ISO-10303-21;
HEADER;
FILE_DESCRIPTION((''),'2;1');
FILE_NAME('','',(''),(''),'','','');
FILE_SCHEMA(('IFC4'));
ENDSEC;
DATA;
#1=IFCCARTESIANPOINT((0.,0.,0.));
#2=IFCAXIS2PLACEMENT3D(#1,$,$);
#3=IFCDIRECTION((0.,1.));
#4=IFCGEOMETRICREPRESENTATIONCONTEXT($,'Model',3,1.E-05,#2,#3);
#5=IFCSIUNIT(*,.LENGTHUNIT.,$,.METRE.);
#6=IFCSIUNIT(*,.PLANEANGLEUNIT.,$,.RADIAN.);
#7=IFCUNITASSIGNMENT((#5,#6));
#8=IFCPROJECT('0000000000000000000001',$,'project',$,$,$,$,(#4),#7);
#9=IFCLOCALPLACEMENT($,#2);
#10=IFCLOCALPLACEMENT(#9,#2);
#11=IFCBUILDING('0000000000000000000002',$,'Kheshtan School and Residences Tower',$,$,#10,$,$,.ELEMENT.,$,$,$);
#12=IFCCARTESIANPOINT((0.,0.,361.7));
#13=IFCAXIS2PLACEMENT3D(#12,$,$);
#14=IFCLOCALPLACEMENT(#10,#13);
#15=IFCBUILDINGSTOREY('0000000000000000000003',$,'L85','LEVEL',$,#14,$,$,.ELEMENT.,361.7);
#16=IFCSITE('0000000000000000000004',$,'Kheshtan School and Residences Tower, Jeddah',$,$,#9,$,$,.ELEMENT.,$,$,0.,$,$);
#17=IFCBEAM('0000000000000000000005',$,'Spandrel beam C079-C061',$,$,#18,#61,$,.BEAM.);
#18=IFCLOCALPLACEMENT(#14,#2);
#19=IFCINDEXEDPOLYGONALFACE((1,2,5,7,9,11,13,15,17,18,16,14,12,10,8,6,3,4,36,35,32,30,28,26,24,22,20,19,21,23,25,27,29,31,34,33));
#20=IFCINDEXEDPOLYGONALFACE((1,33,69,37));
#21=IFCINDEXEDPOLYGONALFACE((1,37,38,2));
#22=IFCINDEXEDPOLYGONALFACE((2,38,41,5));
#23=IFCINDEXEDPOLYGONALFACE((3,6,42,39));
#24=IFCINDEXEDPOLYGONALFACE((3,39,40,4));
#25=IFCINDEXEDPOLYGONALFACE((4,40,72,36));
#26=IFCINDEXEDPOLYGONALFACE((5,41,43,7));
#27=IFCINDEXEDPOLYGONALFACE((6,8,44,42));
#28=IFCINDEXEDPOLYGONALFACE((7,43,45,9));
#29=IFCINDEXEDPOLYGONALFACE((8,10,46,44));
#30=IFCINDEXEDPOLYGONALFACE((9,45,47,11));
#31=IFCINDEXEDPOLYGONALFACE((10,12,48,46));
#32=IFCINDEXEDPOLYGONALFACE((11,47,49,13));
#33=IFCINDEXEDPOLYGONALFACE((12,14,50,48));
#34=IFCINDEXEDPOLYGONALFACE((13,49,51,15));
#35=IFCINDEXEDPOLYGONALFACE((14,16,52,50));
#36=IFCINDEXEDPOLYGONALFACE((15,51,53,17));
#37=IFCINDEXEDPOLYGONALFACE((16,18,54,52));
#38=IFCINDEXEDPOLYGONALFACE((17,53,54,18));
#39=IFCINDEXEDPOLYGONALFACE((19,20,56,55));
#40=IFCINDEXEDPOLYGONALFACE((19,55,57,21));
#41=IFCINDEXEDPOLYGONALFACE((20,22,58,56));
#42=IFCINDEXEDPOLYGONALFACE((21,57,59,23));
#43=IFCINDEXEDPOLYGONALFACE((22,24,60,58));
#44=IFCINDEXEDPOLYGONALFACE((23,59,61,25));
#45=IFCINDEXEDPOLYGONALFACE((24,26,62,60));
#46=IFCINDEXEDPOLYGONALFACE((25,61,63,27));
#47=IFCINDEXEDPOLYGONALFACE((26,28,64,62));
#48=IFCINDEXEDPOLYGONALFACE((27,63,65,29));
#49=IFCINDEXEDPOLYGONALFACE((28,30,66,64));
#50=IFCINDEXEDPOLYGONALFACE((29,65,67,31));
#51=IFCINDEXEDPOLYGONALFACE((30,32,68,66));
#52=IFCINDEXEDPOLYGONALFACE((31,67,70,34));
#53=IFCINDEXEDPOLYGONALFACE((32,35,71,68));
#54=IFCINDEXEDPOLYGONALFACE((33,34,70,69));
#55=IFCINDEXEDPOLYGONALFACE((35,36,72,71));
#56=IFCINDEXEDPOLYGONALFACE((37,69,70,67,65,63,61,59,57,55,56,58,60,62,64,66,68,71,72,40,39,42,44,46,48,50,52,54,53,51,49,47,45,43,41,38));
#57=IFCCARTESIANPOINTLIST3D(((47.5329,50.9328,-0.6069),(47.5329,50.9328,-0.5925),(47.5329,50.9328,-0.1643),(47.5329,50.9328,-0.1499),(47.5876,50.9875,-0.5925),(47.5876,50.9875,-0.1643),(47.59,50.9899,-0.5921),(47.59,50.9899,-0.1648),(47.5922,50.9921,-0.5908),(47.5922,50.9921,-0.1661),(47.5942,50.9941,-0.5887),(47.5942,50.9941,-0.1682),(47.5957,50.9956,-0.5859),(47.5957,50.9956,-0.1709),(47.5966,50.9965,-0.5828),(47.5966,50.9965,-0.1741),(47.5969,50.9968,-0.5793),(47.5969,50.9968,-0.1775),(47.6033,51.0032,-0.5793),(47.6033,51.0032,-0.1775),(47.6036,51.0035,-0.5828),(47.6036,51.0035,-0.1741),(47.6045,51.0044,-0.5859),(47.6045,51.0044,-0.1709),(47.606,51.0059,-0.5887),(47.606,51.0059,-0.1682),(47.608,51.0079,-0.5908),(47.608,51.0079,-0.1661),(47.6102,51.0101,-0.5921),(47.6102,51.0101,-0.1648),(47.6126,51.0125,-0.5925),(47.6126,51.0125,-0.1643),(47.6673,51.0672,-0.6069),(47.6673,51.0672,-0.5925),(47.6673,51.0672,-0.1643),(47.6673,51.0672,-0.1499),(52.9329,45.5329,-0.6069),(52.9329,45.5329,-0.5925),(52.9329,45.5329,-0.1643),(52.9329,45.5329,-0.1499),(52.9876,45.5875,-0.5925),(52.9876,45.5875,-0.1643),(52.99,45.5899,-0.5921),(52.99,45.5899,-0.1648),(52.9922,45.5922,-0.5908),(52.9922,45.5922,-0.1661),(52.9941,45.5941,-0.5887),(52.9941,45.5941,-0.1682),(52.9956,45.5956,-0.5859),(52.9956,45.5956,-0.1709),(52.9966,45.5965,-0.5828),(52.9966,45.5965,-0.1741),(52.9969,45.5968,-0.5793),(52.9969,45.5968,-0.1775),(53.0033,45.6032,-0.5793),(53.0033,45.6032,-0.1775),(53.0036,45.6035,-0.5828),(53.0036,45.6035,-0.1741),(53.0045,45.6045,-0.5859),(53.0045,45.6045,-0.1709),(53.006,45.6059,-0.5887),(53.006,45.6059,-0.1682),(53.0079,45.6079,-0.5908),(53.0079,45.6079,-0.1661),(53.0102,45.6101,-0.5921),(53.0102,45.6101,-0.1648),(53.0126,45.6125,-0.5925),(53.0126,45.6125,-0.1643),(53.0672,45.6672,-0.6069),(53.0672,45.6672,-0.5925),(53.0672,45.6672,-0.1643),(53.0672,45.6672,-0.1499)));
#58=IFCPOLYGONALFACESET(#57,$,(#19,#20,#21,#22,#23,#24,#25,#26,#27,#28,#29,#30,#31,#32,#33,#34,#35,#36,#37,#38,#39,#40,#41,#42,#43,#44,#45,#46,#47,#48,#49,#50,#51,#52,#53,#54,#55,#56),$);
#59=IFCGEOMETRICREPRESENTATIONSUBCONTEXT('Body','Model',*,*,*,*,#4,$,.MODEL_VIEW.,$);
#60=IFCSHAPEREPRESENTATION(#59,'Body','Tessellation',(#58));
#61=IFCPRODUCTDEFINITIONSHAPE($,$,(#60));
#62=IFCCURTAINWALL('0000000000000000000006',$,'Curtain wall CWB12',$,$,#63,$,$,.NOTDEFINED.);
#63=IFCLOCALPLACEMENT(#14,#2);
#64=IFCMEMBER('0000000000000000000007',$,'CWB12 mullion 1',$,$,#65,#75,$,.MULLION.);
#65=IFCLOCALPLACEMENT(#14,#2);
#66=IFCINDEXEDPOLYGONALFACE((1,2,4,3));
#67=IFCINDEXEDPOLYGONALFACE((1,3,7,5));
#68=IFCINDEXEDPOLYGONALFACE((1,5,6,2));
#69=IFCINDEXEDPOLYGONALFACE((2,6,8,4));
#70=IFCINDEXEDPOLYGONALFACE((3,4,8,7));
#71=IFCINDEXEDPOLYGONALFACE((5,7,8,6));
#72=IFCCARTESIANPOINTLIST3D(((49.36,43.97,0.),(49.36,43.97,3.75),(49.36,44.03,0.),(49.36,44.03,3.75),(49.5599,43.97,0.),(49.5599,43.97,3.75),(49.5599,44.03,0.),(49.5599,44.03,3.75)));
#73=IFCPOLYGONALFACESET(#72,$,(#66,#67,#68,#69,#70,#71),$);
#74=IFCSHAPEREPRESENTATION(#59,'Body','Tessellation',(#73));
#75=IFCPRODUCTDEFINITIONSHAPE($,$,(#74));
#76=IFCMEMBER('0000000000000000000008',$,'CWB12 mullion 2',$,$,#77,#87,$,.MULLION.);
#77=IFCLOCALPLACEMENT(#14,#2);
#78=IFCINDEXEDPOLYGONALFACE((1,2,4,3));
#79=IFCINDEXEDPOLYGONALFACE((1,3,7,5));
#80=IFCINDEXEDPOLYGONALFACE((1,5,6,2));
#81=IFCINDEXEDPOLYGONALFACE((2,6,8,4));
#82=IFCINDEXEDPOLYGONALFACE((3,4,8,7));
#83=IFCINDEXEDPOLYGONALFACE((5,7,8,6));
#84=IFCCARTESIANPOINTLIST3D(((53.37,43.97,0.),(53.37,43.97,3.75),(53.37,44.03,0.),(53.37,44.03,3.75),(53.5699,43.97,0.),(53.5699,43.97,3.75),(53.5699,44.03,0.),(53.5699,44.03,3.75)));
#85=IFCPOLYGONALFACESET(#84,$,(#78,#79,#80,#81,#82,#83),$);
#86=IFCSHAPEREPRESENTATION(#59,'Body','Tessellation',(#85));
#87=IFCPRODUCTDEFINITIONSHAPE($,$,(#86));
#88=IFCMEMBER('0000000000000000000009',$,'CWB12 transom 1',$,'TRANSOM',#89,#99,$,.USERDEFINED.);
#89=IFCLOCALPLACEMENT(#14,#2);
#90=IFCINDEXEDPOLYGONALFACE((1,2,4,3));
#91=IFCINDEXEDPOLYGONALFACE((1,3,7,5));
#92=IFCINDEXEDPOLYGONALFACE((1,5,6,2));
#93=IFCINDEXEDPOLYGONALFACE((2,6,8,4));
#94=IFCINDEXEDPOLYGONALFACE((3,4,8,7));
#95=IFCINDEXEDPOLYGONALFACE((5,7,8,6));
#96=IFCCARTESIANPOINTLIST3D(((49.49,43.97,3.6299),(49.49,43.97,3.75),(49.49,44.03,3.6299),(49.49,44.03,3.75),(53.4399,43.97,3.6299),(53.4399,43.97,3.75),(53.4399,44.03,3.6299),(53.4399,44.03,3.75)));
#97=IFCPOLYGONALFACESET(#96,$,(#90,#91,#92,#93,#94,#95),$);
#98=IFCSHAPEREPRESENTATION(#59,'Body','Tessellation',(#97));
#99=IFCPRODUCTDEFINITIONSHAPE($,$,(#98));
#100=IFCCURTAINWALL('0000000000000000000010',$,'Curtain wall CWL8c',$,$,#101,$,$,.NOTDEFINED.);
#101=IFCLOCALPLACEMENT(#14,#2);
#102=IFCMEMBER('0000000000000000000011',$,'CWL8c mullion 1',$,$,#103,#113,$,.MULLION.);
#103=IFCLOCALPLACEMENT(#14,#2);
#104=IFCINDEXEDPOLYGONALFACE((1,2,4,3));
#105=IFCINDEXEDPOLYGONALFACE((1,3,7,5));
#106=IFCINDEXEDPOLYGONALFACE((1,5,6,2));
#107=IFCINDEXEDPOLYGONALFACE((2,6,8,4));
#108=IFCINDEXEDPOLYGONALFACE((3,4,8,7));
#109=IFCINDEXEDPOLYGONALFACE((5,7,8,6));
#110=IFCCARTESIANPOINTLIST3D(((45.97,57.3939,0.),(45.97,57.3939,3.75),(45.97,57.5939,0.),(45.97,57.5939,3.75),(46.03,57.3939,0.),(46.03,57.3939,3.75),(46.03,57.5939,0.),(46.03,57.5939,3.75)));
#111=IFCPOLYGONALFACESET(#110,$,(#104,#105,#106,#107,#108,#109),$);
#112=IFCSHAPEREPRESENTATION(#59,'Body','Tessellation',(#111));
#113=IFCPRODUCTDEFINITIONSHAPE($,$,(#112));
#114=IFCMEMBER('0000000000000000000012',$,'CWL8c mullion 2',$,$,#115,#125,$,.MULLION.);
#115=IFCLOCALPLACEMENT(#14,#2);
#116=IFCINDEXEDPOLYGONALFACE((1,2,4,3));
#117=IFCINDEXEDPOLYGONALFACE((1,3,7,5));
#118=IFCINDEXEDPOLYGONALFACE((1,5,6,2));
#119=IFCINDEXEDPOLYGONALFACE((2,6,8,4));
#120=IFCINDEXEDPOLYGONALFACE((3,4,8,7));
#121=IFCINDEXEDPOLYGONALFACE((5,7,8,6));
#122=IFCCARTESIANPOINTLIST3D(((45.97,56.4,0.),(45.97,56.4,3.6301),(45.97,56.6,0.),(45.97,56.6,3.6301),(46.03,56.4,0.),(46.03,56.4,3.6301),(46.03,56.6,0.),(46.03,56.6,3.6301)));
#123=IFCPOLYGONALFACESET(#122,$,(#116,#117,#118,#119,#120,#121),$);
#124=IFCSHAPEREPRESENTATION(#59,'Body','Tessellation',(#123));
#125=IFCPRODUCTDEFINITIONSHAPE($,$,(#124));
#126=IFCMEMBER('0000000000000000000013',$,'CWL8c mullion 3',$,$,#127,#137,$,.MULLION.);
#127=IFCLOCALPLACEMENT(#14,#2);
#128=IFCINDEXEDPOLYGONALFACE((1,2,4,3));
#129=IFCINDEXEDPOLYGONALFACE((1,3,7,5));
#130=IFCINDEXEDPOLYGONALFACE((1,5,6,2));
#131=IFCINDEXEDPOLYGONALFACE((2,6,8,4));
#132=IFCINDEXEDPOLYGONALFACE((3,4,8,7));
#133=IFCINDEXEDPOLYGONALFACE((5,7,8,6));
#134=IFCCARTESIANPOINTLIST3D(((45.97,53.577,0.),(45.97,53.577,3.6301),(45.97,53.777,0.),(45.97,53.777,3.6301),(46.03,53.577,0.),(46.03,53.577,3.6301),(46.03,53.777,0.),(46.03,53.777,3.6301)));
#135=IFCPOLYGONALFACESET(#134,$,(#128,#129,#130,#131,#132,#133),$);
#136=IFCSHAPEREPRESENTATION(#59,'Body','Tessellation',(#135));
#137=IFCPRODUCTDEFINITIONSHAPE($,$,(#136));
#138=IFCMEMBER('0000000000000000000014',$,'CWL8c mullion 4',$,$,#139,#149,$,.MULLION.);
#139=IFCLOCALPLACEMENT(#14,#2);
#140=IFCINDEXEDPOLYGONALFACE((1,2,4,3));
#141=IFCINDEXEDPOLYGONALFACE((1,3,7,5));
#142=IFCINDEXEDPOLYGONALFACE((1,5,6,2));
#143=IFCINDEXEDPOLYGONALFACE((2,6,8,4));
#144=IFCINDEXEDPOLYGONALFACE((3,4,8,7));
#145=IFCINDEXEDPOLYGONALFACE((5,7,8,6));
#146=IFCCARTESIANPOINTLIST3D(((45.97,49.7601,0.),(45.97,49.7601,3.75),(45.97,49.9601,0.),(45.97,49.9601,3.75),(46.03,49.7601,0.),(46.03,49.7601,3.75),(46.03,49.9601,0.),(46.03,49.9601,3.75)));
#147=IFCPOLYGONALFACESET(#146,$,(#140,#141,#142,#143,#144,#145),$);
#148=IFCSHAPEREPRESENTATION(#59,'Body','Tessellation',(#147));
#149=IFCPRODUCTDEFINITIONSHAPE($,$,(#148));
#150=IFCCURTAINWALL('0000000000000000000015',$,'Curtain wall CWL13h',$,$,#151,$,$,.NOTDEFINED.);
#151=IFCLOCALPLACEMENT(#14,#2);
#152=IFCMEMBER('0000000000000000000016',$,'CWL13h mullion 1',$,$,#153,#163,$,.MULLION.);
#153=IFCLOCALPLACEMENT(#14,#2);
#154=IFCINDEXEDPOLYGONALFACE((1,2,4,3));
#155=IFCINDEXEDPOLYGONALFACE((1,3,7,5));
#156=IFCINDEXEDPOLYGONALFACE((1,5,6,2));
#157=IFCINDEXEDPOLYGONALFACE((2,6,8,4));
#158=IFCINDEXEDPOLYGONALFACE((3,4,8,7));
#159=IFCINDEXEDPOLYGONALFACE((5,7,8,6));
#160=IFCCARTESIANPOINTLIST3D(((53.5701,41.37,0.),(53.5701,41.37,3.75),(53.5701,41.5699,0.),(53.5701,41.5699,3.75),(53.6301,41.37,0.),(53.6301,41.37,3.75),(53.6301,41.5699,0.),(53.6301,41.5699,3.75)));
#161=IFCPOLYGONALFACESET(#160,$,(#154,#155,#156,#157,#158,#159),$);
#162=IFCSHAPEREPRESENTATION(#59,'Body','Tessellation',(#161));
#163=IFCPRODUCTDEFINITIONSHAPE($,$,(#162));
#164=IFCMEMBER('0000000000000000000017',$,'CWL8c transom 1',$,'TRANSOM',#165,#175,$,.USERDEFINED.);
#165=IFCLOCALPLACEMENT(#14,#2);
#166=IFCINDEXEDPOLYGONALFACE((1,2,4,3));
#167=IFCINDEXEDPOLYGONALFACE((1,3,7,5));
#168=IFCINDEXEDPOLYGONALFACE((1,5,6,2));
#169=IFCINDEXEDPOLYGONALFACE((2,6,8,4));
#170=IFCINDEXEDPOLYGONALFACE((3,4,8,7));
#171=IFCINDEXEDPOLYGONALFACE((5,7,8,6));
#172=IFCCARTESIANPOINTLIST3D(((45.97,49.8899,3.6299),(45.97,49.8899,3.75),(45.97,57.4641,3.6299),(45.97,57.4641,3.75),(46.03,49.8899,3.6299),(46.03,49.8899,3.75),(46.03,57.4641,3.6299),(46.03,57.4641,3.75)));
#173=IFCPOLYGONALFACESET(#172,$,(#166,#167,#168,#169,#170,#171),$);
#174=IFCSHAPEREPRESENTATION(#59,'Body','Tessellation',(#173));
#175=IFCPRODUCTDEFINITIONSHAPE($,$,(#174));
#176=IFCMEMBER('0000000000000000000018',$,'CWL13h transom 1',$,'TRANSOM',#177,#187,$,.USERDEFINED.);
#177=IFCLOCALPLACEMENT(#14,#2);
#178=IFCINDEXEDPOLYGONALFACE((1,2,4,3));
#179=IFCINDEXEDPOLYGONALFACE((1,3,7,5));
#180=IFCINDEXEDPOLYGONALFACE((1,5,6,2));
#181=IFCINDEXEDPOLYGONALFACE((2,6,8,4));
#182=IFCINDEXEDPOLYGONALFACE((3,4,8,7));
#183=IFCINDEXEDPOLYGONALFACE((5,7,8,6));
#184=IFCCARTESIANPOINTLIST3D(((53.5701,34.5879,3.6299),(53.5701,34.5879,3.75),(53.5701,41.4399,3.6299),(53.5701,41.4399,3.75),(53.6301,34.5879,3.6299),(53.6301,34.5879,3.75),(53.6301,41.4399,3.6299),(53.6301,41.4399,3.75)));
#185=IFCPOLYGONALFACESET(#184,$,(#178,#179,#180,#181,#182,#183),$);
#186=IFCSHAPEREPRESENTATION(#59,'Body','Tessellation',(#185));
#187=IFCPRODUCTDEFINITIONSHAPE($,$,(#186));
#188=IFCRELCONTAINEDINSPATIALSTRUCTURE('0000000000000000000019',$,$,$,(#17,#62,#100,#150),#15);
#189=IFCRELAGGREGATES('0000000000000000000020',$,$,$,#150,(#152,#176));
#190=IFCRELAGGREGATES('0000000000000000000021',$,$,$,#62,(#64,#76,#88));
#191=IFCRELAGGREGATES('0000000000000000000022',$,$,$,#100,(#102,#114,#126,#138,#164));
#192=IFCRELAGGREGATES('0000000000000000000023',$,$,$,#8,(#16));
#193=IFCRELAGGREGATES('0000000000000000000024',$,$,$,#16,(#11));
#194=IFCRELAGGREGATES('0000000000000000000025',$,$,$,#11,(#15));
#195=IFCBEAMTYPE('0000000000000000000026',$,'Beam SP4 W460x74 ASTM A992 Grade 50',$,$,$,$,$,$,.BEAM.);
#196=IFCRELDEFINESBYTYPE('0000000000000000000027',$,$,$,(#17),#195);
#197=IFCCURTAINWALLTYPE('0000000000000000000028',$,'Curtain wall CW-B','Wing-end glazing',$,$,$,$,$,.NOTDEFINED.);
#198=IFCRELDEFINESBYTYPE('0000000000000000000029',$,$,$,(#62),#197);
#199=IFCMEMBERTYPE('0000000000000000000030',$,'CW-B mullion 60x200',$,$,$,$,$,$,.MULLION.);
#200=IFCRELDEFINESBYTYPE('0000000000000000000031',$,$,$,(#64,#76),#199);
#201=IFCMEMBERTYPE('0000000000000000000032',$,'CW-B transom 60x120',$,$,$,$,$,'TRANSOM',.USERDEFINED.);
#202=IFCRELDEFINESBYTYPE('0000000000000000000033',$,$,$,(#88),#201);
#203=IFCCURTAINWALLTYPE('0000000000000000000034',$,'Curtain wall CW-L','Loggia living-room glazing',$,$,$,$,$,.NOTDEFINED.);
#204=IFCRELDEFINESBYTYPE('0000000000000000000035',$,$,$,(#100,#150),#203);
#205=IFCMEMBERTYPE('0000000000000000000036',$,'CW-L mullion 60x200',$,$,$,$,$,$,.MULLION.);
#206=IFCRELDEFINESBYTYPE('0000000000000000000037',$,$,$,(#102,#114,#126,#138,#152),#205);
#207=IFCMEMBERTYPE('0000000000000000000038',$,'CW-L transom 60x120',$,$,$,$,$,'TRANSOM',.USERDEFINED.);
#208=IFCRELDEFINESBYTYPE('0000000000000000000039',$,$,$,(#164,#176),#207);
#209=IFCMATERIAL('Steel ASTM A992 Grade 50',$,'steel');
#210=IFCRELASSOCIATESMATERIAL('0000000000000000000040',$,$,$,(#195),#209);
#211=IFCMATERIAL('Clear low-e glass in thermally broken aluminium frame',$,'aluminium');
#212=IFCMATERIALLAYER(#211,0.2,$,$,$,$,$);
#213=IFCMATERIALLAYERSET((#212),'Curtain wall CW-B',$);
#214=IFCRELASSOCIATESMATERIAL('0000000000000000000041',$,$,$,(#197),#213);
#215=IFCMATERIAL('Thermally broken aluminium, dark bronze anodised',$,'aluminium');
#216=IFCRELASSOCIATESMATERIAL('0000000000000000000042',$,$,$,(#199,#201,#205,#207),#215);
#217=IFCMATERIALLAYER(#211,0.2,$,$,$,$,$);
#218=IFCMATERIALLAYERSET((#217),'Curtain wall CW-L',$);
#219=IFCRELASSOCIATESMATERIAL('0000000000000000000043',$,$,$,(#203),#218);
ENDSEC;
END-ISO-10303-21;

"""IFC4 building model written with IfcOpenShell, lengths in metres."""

from ifc_helpers import new_model, si_unit, direction, frame, origin, origin_2d, place, context, subcontext, project, spatial, rectangle, i_section, extrude, material, layer, layer_set, material_profile, profile_set, type_object, element, aggregate, save


model = new_model("IFC4")

# Units and contexts
model_context = context("Model", 3, precision=1e-05, world=origin(), true_north=direction((0.0, 1.0)))
body_context = subcontext(model_context, "Body", "Model", "MODEL_VIEW")
ifc_project = project(units=[si_unit("LENGTHUNIT", "METRE"), si_unit("PLANEANGLEUNIT", "RADIAN")], contexts=[model_context])

# Site, building, storey
site_placement = place(None, origin())
site = spatial("IfcSite", under=ifc_project, at=site_placement, Name="Kheshtan School and Residences Tower, Jeddah", CompositionType="ELEMENT", RefElevation=0.0)
building_placement = place(site_placement, origin())
building = spatial("IfcBuilding", under=site, at=building_placement, Name="Kheshtan School and Residences Tower", CompositionType="ELEMENT")
storey_placement = place(building_placement, frame((0.0, 0.0, 361.7)))
storey = spatial("IfcBuildingStorey", under=building, at=storey_placement, Name="L85", Description="LEVEL", CompositionType="ELEMENT", Elevation=361.7)

# Shared definitions
ifc_material_1 = material(Name="Steel ASTM A992 Grade 50", Category="steel")

# Beam
ifc_material_profile_1 = material_profile(ifc_material_1, i_section(OverallWidth=0.1899, OverallDepth=0.457, WebThickness=0.009, FlangeThickness=0.0144, FilletRadius=0.0132, at=origin_2d()), Name="W460x74")
ifc_profile_set_1 = profile_set([ifc_material_profile_1], Name="Steel ASTM A992 Grade 50")
beam_type_1 = type_object("IfcBeamType", Name="Beam SP4 W460x74 ASTM A992 Grade 50", PredefinedType="BEAM", material=ifc_profile_set_1)
beam_1_placement = place(storey_placement, frame((47.6001, 51.0, -0.3784), z_axis=(0.707107, -0.707107, 0.0), x_axis=(0.707107, 0.707107, 0.0)))
element("IfcBeam", 1, at=beam_1_placement, inside=storey, type_object=beam_type_1, Name="Spandrel beam C079-C061", PredefinedType="BEAM", context=body_context, shape_type="SweptSolid", body=[
    extrude(i_section(OverallWidth=0.1899, OverallDepth=0.457, WebThickness=0.009, FlangeThickness=0.0144, FilletRadius=0.0132, at=origin_2d()), origin(), (0.0, 0.0, 1.0), 7.6367),
])

# Curtain walls, members
ifc_material_2 = material(Name="Clear low-e glass in thermally broken aluminium frame", Category="aluminium")
ifc_layer_1 = layer(ifc_material_2, 0.2)
ifc_layer_set_1 = layer_set([ifc_layer_1], Name="Curtain wall CW-B")
curtain_wall_type_1 = type_object("IfcCurtainWallType", Name="Curtain wall CW-B", Description="Wing-end glazing", PredefinedType="NOTDEFINED", material=ifc_layer_set_1)
curtain_wall_1_placement = place(storey_placement, origin())
curtain_wall_1 = element("IfcCurtainWall", 2, at=curtain_wall_1_placement, inside=storey, type_object=curtain_wall_type_1, Name="Curtain wall CWB12", PredefinedType="NOTDEFINED")
ifc_material_3 = material(Name="Thermally broken aluminium, dark bronze anodised", Category="aluminium")
ifc_material_profile_2 = material_profile(ifc_material_3, rectangle(XDim=0.0601, YDim=0.2, at=origin_2d()), Name="CW-B mullion 60x200")
ifc_profile_set_2 = profile_set([ifc_material_profile_2], Name="Thermally broken aluminium, dark bronze anodised")
member_type_1 = type_object("IfcMemberType", Name="CW-B mullion 60x200", PredefinedType="MULLION", material=ifc_profile_set_2)
member_1_placement = place(storey_placement, frame((49.46, 44.0, 0.0), z_axis=(0.0, 0.0, 1.0), x_axis=(0.0, 1.0, 0.0)))
member_1 = element("IfcMember", 3, at=member_1_placement, type_object=member_type_1, Name="CWB12 mullion 1", PredefinedType="MULLION", context=body_context, shape_type="SweptSolid", body=[
    extrude(rectangle(XDim=0.0601, YDim=0.2, at=origin_2d()), origin(), (0.0, 0.0, 1.0), 3.75),
])
member_2_placement = place(storey_placement, frame((53.47, 44.0, 0.0), z_axis=(0.0, 0.0, 1.0), x_axis=(0.0, 1.0, 0.0)))
member_2 = element("IfcMember", 4, at=member_2_placement, type_object=member_type_1, Name="CWB12 mullion 2", PredefinedType="MULLION", context=body_context, shape_type="SweptSolid", body=[
    extrude(rectangle(XDim=0.0601, YDim=0.2, at=origin_2d()), origin(), (0.0, 0.0, 1.0), 3.75),
])
ifc_material_profile_3 = material_profile(ifc_material_3, rectangle(XDim=0.0601, YDim=0.1201, at=origin_2d()), Name="CW-B transom 60x120")
ifc_profile_set_3 = profile_set([ifc_material_profile_3], Name="Thermally broken aluminium, dark bronze anodised")
member_type_2 = type_object("IfcMemberType", Name="CW-B transom 60x120", ElementType="TRANSOM", PredefinedType="USERDEFINED", material=ifc_profile_set_3)
member_3_placement = place(storey_placement, frame((49.49, 44.0, 3.6899), z_axis=(1.0, 0.0, 0.0), x_axis=(0.0, 1.0, 0.0)))
member_3 = element("IfcMember", 5, at=member_3_placement, type_object=member_type_2, Name="CWB12 transom 1", ObjectType="TRANSOM", PredefinedType="USERDEFINED", context=body_context, shape_type="SweptSolid", body=[
    extrude(rectangle(XDim=0.0601, YDim=0.1201, at=origin_2d()), origin(), (0.0, 0.0, 1.0), 3.95),
])
ifc_layer_2 = layer(ifc_material_2, 0.2)
ifc_layer_set_2 = layer_set([ifc_layer_2], Name="Curtain wall CW-L")
curtain_wall_type_2 = type_object("IfcCurtainWallType", Name="Curtain wall CW-L", Description="Loggia living-room glazing", PredefinedType="NOTDEFINED", material=ifc_layer_set_2)
curtain_wall_2_placement = place(storey_placement, origin())
curtain_wall_2 = element("IfcCurtainWall", 6, at=curtain_wall_2_placement, inside=storey, type_object=curtain_wall_type_2, Name="Curtain wall CWL8c", PredefinedType="NOTDEFINED")
ifc_material_profile_4 = material_profile(ifc_material_3, rectangle(XDim=0.0601, YDim=0.2, at=origin_2d()), Name="CW-L mullion 60x200")
ifc_profile_set_4 = profile_set([ifc_material_profile_4], Name="Thermally broken aluminium, dark bronze anodised")
member_type_3 = type_object("IfcMemberType", Name="CW-L mullion 60x200", PredefinedType="MULLION", material=ifc_profile_set_4)
member_4_placement = place(storey_placement, frame((46.0, 57.4939, 0.0), z_axis=(0.0, 0.0, 1.0), x_axis=(1.0, 0.0, 0.0)))
member_4 = element("IfcMember", 7, at=member_4_placement, type_object=member_type_3, Name="CWL8c mullion 1", PredefinedType="MULLION", context=body_context, shape_type="SweptSolid", body=[
    extrude(rectangle(XDim=0.0601, YDim=0.2, at=origin_2d()), origin(), (0.0, 0.0, 1.0), 3.75),
])
member_5_placement = place(storey_placement, frame((46.0, 56.5, 0.0), z_axis=(0.0, 0.0, 1.0), x_axis=(1.0, 0.0, 0.0)))
member_5 = element("IfcMember", 8, at=member_5_placement, type_object=member_type_3, Name="CWL8c mullion 2", PredefinedType="MULLION", context=body_context, shape_type="SweptSolid", body=[
    extrude(rectangle(XDim=0.0601, YDim=0.2, at=origin_2d()), origin(), (0.0, 0.0, 1.0), 3.6301),
])
member_6_placement = place(storey_placement, frame((46.0, 53.677, 0.0), z_axis=(0.0, 0.0, 1.0), x_axis=(1.0, 0.0, 0.0)))
member_6 = element("IfcMember", 9, at=member_6_placement, type_object=member_type_3, Name="CWL8c mullion 3", PredefinedType="MULLION", context=body_context, shape_type="SweptSolid", body=[
    extrude(rectangle(XDim=0.0601, YDim=0.2, at=origin_2d()), origin(), (0.0, 0.0, 1.0), 3.6301),
])
member_7_placement = place(storey_placement, frame((46.0, 49.8601, 0.0), z_axis=(0.0, 0.0, 1.0), x_axis=(1.0, 0.0, 0.0)))
member_7 = element("IfcMember", 10, at=member_7_placement, type_object=member_type_3, Name="CWL8c mullion 4", PredefinedType="MULLION", context=body_context, shape_type="SweptSolid", body=[
    extrude(rectangle(XDim=0.0601, YDim=0.2, at=origin_2d()), origin(), (0.0, 0.0, 1.0), 3.75),
])

# Curtain wall, member
curtain_wall_3_placement = place(storey_placement, origin())
curtain_wall_3 = element("IfcCurtainWall", 11, at=curtain_wall_3_placement, inside=storey, type_object=curtain_wall_type_2, Name="Curtain wall CWL13h", PredefinedType="NOTDEFINED")
member_8_placement = place(storey_placement, frame((53.6001, 41.47, 0.0), z_axis=(0.0, 0.0, 1.0), x_axis=(1.0, 0.0, 0.0)))
member_8 = element("IfcMember", 12, at=member_8_placement, type_object=member_type_3, Name="CWL13h mullion 1", PredefinedType="MULLION", context=body_context, shape_type="SweptSolid", body=[
    extrude(rectangle(XDim=0.0601, YDim=0.2, at=origin_2d()), origin(), (0.0, 0.0, 1.0), 3.75),
])

# Members
ifc_material_profile_5 = material_profile(ifc_material_3, rectangle(XDim=0.0601, YDim=0.1201, at=origin_2d()), Name="CW-L transom 60x120")
ifc_profile_set_5 = profile_set([ifc_material_profile_5], Name="Thermally broken aluminium, dark bronze anodised")
member_type_4 = type_object("IfcMemberType", Name="CW-L transom 60x120", ElementType="TRANSOM", PredefinedType="USERDEFINED", material=ifc_profile_set_5)
member_9_placement = place(storey_placement, frame((46.0, 57.4641, 3.6899), z_axis=(0.0, -1.0, 0.0), x_axis=(1.0, 0.0, 0.0)))
member_9 = element("IfcMember", 13, at=member_9_placement, type_object=member_type_4, Name="CWL8c transom 1", ObjectType="TRANSOM", PredefinedType="USERDEFINED", context=body_context, shape_type="SweptSolid", body=[
    extrude(rectangle(XDim=0.0601, YDim=0.1201, at=origin_2d()), origin(), (0.0, 0.0, 1.0), 7.5742),
])
member_10_placement = place(storey_placement, frame((53.6001, 41.4399, 3.6899), z_axis=(0.0, -1.0, 0.0), x_axis=(1.0, 0.0, 0.0)))
member_10 = element("IfcMember", 14, at=member_10_placement, type_object=member_type_4, Name="CWL13h transom 1", ObjectType="TRANSOM", PredefinedType="USERDEFINED", context=body_context, shape_type="SweptSolid", body=[
    extrude(rectangle(XDim=0.0601, YDim=0.1201, at=origin_2d()), origin(), (0.0, 0.0, 1.0), 6.8521),
])
aggregate(curtain_wall_3, [member_8, member_10])

aggregate(curtain_wall_1, [member_1, member_2, member_3])
aggregate(curtain_wall_2, [member_4, member_5, member_6, member_7, member_9])

save(model, "model.ifc")
